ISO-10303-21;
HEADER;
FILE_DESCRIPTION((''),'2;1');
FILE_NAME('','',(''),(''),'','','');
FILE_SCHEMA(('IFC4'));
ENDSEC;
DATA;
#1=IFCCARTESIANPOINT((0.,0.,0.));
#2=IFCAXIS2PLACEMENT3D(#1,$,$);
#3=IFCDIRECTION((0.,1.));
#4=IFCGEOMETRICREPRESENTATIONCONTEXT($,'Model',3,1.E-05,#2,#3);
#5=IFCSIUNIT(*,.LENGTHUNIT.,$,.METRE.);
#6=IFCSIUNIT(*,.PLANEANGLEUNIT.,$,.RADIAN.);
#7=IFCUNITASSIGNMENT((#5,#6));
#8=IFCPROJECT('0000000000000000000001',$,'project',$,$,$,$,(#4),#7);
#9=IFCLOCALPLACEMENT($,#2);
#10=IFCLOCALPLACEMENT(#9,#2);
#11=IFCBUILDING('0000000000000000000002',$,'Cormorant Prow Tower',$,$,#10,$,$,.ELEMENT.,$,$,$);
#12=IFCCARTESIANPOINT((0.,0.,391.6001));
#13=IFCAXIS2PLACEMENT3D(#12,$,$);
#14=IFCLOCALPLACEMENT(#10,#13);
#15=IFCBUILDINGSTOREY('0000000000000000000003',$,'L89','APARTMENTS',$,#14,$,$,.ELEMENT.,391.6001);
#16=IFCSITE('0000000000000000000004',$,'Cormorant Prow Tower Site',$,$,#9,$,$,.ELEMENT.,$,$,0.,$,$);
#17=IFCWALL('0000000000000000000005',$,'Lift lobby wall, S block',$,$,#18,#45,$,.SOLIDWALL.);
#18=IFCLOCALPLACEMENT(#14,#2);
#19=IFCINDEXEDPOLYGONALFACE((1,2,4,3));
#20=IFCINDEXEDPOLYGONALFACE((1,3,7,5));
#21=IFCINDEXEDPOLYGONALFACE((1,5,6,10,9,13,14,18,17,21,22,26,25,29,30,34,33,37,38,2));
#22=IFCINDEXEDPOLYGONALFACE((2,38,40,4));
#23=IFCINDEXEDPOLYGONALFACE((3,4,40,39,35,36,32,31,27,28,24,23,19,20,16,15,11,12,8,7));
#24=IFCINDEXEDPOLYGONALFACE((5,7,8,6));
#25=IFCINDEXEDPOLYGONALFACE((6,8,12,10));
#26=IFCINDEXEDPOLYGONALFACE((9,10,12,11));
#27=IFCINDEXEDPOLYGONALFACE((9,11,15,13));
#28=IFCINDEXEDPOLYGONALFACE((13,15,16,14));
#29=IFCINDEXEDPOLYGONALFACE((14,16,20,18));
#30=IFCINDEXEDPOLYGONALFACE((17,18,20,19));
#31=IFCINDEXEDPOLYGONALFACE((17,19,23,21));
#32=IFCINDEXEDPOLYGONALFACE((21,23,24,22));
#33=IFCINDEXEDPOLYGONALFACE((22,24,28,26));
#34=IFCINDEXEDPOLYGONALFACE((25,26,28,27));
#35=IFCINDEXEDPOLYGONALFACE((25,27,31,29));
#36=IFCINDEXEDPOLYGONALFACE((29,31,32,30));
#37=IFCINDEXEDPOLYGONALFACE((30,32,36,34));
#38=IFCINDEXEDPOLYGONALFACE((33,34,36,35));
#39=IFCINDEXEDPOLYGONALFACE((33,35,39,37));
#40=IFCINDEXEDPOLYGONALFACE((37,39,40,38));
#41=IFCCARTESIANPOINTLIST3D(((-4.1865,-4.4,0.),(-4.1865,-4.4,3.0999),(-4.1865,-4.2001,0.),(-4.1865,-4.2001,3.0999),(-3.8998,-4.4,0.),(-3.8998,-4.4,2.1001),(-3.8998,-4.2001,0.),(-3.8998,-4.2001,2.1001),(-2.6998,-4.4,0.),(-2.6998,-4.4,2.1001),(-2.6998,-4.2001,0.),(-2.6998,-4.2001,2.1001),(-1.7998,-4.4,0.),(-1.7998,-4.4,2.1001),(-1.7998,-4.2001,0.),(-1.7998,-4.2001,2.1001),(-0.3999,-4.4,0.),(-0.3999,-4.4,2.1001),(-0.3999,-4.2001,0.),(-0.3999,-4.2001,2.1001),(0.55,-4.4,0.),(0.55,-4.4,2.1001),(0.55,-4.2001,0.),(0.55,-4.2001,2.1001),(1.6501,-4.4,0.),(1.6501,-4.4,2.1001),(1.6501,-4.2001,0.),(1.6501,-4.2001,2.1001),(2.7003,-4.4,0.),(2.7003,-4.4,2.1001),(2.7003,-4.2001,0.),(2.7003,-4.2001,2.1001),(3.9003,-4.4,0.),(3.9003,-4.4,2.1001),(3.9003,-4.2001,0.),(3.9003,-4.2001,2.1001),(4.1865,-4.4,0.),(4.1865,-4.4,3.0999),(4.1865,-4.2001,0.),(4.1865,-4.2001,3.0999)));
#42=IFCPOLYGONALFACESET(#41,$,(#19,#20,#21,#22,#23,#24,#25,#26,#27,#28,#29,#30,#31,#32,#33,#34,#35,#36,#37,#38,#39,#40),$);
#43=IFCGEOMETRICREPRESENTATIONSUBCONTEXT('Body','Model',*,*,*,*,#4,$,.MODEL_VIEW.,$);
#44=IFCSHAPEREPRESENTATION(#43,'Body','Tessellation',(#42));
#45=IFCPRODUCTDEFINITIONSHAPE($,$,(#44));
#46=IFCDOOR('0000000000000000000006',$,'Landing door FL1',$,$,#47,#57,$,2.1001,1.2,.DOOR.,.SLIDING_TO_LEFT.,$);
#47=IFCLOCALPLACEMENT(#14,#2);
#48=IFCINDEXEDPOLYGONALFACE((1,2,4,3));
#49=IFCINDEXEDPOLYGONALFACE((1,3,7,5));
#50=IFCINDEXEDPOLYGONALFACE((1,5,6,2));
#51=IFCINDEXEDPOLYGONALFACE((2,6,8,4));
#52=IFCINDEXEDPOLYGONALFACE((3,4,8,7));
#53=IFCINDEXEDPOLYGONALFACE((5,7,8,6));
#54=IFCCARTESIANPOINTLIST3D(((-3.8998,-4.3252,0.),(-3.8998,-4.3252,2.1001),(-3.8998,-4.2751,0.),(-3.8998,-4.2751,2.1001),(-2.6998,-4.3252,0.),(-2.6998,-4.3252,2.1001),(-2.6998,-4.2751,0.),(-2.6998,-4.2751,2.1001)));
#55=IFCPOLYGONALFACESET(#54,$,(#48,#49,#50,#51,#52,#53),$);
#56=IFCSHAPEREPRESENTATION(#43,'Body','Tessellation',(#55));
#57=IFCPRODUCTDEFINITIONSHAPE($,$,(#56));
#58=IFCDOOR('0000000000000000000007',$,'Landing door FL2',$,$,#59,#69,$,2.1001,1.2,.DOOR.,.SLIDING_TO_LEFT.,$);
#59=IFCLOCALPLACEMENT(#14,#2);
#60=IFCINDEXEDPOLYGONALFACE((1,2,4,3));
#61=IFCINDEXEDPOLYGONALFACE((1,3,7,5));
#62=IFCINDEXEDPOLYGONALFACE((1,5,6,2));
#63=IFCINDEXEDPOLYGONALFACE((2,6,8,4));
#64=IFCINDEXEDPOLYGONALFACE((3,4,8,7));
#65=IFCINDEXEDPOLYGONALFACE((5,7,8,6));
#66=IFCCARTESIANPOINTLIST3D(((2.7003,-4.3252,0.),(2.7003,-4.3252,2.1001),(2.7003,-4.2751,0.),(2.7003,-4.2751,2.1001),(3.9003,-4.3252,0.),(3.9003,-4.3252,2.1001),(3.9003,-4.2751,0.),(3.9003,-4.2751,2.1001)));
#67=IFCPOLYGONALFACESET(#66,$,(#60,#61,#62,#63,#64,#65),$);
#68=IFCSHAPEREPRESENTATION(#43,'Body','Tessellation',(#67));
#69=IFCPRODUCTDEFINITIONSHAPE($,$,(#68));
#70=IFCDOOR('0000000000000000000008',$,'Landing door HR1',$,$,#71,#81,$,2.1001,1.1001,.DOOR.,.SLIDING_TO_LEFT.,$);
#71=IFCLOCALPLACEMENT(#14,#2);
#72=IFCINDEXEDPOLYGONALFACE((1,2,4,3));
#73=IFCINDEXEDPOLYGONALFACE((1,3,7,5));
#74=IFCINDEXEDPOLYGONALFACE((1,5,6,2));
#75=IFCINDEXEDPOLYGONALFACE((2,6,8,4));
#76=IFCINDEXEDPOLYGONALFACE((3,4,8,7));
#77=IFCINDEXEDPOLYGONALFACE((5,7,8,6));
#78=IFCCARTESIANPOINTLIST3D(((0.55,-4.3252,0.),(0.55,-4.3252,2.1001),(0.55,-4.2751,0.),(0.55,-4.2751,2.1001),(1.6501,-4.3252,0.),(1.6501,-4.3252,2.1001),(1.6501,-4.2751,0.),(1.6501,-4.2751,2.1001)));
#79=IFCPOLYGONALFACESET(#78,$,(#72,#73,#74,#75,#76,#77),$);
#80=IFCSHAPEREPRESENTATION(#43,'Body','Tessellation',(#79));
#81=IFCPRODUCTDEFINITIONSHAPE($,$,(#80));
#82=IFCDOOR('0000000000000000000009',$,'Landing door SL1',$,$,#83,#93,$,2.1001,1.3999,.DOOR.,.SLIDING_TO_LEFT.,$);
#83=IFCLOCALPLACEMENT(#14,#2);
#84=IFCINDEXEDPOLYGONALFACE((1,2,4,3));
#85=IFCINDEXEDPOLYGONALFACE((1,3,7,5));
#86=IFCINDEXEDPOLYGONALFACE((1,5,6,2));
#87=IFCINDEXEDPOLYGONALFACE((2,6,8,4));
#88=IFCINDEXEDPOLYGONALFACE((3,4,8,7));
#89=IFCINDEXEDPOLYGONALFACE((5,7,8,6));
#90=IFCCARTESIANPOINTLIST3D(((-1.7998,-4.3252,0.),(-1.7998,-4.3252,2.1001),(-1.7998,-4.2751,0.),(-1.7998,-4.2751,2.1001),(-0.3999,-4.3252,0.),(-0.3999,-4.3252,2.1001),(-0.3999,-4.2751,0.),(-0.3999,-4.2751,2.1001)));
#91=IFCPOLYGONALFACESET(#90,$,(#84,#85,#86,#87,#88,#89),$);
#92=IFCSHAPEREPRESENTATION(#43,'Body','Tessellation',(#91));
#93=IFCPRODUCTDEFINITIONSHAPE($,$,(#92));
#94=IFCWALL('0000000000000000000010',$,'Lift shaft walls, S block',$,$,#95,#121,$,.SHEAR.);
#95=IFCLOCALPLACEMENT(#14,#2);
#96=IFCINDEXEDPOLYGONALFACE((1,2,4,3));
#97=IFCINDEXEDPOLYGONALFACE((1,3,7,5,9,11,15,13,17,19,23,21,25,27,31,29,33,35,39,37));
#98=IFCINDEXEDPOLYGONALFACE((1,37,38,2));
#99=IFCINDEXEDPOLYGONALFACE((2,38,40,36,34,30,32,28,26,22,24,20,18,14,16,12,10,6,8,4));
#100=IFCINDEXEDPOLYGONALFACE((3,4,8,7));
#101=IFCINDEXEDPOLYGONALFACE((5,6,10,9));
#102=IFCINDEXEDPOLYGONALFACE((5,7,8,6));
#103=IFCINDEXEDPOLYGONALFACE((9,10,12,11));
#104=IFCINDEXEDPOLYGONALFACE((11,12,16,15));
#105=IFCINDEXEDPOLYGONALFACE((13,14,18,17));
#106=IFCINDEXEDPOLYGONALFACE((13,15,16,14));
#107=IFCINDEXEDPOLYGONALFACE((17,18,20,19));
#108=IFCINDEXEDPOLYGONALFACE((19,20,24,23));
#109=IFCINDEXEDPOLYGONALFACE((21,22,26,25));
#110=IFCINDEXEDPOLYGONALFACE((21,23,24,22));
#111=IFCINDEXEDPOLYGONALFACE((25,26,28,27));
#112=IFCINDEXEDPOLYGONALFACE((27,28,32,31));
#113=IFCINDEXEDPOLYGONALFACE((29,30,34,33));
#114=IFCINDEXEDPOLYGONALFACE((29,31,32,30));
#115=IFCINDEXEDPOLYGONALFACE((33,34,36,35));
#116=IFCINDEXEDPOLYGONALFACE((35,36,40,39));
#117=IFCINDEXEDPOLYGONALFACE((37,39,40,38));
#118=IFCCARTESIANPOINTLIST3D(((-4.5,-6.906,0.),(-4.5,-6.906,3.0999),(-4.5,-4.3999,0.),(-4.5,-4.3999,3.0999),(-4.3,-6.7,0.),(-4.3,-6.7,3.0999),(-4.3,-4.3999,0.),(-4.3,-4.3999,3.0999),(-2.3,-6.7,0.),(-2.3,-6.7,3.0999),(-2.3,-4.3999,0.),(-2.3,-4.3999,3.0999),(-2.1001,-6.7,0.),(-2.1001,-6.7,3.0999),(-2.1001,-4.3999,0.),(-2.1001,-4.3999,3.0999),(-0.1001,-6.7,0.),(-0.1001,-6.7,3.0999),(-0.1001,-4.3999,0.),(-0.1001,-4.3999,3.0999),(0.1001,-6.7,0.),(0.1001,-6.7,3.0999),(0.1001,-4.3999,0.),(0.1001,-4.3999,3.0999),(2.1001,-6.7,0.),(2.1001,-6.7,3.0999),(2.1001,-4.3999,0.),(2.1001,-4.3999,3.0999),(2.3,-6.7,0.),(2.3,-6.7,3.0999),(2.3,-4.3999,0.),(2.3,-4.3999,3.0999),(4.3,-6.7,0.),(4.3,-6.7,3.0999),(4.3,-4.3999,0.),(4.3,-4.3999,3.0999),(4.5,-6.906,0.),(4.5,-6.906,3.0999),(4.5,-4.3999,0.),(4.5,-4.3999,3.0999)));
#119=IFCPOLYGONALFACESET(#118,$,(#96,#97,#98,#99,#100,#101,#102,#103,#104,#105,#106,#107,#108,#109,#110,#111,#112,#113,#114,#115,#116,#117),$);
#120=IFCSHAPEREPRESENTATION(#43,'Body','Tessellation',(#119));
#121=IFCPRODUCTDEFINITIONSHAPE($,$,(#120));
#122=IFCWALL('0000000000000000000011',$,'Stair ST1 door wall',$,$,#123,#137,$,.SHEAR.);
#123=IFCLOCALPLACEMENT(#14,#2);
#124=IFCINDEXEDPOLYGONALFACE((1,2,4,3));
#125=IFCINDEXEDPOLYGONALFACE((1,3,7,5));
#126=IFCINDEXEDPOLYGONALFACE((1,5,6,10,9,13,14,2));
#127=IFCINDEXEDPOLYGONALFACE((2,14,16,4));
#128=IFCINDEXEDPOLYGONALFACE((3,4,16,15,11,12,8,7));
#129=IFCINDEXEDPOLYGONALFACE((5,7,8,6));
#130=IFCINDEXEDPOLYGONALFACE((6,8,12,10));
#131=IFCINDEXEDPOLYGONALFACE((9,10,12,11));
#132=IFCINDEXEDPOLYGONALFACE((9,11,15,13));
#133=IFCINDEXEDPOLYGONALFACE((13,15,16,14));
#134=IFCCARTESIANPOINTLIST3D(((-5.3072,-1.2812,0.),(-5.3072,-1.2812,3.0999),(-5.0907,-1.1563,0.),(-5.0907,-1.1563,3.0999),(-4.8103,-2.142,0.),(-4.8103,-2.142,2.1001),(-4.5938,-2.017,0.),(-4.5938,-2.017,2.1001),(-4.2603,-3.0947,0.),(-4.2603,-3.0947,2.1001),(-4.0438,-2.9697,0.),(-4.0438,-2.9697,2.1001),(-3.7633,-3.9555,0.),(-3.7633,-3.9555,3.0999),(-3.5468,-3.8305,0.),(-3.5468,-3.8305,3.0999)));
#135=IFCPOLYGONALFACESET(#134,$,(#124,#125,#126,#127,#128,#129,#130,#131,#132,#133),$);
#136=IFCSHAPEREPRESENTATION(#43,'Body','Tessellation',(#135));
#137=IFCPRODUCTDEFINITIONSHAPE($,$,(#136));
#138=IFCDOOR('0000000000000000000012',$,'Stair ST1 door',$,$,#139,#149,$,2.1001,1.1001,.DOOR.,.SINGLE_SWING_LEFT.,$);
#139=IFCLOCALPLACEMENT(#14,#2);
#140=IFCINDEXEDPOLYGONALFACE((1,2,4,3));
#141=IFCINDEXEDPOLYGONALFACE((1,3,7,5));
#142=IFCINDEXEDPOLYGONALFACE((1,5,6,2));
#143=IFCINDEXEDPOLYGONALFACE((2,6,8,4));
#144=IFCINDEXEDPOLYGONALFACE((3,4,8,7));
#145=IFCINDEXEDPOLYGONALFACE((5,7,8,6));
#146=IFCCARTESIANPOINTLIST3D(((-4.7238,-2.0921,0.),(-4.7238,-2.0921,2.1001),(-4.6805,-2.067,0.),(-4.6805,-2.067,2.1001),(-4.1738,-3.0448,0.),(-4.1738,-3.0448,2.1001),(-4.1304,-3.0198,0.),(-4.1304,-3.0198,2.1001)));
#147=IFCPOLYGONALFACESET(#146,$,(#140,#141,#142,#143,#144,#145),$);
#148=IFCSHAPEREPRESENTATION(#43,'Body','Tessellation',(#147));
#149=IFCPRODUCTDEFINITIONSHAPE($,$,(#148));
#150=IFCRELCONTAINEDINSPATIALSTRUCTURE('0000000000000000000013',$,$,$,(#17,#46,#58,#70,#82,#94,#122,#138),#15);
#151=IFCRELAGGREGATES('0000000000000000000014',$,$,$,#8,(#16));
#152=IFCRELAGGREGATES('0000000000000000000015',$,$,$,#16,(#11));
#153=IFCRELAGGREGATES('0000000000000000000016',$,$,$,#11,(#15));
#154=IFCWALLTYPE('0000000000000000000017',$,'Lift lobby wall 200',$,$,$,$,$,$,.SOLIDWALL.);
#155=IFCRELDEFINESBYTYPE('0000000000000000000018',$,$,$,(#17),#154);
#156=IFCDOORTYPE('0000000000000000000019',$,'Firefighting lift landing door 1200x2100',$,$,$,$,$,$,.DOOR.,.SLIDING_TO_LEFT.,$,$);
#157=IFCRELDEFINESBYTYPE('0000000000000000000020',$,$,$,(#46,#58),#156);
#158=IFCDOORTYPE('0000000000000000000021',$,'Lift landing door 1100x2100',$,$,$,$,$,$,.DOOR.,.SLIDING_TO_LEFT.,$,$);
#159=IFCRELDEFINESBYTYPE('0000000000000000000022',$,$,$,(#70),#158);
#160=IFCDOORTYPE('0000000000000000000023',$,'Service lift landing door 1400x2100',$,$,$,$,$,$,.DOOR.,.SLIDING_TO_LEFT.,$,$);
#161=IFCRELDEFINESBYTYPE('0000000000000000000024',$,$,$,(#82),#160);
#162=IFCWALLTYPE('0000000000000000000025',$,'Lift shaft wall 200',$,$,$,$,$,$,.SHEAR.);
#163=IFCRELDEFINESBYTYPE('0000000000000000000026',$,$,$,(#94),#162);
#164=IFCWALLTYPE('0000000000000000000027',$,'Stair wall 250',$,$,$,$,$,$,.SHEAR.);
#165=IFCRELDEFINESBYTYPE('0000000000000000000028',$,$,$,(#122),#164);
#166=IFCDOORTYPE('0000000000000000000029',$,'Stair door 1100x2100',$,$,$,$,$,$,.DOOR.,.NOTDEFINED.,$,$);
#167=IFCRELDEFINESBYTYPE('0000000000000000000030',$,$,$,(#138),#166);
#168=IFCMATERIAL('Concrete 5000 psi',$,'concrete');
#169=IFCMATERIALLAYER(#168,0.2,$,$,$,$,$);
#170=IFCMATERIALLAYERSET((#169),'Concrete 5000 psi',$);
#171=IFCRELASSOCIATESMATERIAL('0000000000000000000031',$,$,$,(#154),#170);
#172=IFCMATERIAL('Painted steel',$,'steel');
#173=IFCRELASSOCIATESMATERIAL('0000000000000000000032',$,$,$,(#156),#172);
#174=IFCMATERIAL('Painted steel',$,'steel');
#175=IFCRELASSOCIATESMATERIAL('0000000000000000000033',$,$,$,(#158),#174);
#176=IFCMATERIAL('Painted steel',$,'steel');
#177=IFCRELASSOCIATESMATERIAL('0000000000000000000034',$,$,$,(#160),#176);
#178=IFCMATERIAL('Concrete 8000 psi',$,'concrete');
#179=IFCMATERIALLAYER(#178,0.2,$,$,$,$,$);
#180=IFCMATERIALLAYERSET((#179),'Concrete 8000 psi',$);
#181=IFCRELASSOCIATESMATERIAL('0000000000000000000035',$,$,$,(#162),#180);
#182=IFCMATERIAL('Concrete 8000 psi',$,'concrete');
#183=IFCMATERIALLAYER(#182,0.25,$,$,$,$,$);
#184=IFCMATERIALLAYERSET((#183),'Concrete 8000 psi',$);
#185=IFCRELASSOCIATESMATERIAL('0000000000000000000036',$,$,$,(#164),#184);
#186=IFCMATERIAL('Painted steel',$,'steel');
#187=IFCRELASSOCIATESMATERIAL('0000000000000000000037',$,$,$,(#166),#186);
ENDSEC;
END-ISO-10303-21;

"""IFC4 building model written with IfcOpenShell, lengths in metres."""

from ifc_helpers import new_model, si_unit, direction, frame, frame_2d, origin, place, context, subcontext, project, spatial, polyline, rectangle, outline, extrude, material, layer, layer_set, type_object, element, fill, save


model = new_model("IFC4")

# Units and contexts
model_context = context("Model", 3, precision=1e-05, world=origin(), true_north=direction((0.0, 1.0)))
body_context = subcontext(model_context, "Body", "Model", "MODEL_VIEW")
ifc_project = project(units=[si_unit("LENGTHUNIT", "METRE"), si_unit("PLANEANGLEUNIT", "RADIAN")], contexts=[model_context])

# Site, building, storey
site_placement = place(None, origin())
site = spatial("IfcSite", under=ifc_project, at=site_placement, Name="Cormorant Prow Tower Site", CompositionType="ELEMENT", RefElevation=0.0)
building_placement = place(site_placement, origin())
building = spatial("IfcBuilding", under=site, at=building_placement, Name="Cormorant Prow Tower", CompositionType="ELEMENT")
storey_placement = place(building_placement, frame((0.0, 0.0, 391.6001)))
storey = spatial("IfcBuildingStorey", under=building, at=storey_placement, Name="L89", Description="APARTMENTS", CompositionType="ELEMENT", Elevation=391.6001)

# Wall, openings, doors
ifc_material_1 = material(Name="Concrete 5000 psi", Category="concrete")
ifc_layer_1 = layer(ifc_material_1, 0.2)
ifc_layer_set_1 = layer_set([ifc_layer_1], Name="Concrete 5000 psi")
wall_type_1 = type_object("IfcWallType", Name="Lift lobby wall 200", PredefinedType="SOLIDWALL", material=ifc_layer_set_1)
wall_1_placement = place(storey_placement, frame((-4.1865, -4.3, 0.0), z_axis=(0.0, 0.0, 1.0), x_axis=(1.0, 0.0, 0.0)))
wall_1 = element("IfcWall", 1, at=wall_1_placement, inside=storey, type_object=wall_type_1, Name="Lift lobby wall, S block", PredefinedType="SOLIDWALL", context=body_context, shape_type="SweptSolid", body=[
    extrude(rectangle(XDim=8.373, YDim=0.2, at=frame_2d((4.1865, 0.0))), origin(), (0.0, 0.0, 1.0), 3.0999),
])
opening_1_placement = place(wall_1_placement, frame((0.2866, 0.0, 0.0)))
opening_1 = element("IfcOpeningElement", 2, at=opening_1_placement, cuts=wall_1, PredefinedType="OPENING", context=body_context, shape_type="SweptSolid", body=[
    extrude(rectangle(XDim=1.2, YDim=2.1001, at=frame_2d((0.6001, 1.05))), frame((0.0, 0.1099, 0.0), z_axis=(0.0, -1.0, 0.0), x_axis=(1.0, 0.0, 0.0)), (0.0, 0.0, 1.0), 0.22),
])
opening_2_placement = place(wall_1_placement, frame((2.3867, 0.0, 0.0)))
opening_2 = element("IfcOpeningElement", 3, at=opening_2_placement, cuts=wall_1, PredefinedType="OPENING", context=body_context, shape_type="SweptSolid", body=[
    extrude(rectangle(XDim=1.3999, YDim=2.1001, at=frame_2d((0.7, 1.05))), frame((0.0, 0.1099, 0.0), z_axis=(0.0, -1.0, 0.0), x_axis=(1.0, 0.0, 0.0)), (0.0, 0.0, 1.0), 0.22),
])
opening_3_placement = place(wall_1_placement, frame((4.7366, 0.0, 0.0)))
opening_3 = element("IfcOpeningElement", 4, at=opening_3_placement, cuts=wall_1, PredefinedType="OPENING", context=body_context, shape_type="SweptSolid", body=[
    extrude(rectangle(XDim=1.1001, YDim=2.1001, at=frame_2d((0.55, 1.05))), frame((0.0, 0.1099, 0.0), z_axis=(0.0, -1.0, 0.0), x_axis=(1.0, 0.0, 0.0)), (0.0, 0.0, 1.0), 0.22),
])
opening_4_placement = place(wall_1_placement, frame((6.8867, 0.0, 0.0)))
opening_4 = element("IfcOpeningElement", 5, at=opening_4_placement, cuts=wall_1, PredefinedType="OPENING", context=body_context, shape_type="SweptSolid", body=[
    extrude(rectangle(XDim=1.2, YDim=2.1001, at=frame_2d((0.6001, 1.05))), frame((0.0, 0.1099, 0.0), z_axis=(0.0, -1.0, 0.0), x_axis=(1.0, 0.0, 0.0)), (0.0, 0.0, 1.0), 0.22),
])
ifc_material_2 = material(Name="Painted steel", Category="steel")
door_type_1 = type_object("IfcDoorType", Name="Firefighting lift landing door 1200x2100", OperationType="SLIDING_TO_LEFT", PredefinedType="DOOR", material=ifc_material_2)
door_1_placement = place(opening_1_placement, origin())
door_1 = element("IfcDoor", 6, at=door_1_placement, inside=storey, type_object=door_type_1, Name="Landing door FL1", OperationType="SLIDING_TO_LEFT", OverallHeight=2.1001, OverallWidth=1.2, PredefinedType="DOOR", context=body_context, shape_type="SweptSolid", body=[
    extrude(rectangle(XDim=1.2, YDim=2.1001, at=frame_2d((0.6001, 1.05))), frame((0.0, 0.0249, 0.0), z_axis=(0.0, -1.0, 0.0), x_axis=(1.0, 0.0, 0.0)), (0.0, 0.0, 1.0), 0.05),
])
fill(opening_1, door_1)
door_2_placement = place(opening_4_placement, origin())
door_2 = element("IfcDoor", 7, at=door_2_placement, inside=storey, type_object=door_type_1, Name="Landing door FL2", OperationType="SLIDING_TO_LEFT", OverallHeight=2.1001, OverallWidth=1.2, PredefinedType="DOOR", context=body_context, shape_type="SweptSolid", body=[
    extrude(rectangle(XDim=1.2, YDim=2.1001, at=frame_2d((0.6001, 1.05))), frame((0.0, 0.0249, 0.0), z_axis=(0.0, -1.0, 0.0), x_axis=(1.0, 0.0, 0.0)), (0.0, 0.0, 1.0), 0.05),
])
fill(opening_4, door_2)
ifc_material_3 = material(Name="Painted steel", Category="steel")
door_type_2 = type_object("IfcDoorType", Name="Lift landing door 1100x2100", OperationType="SLIDING_TO_LEFT", PredefinedType="DOOR", material=ifc_material_3)
door_3_placement = place(opening_3_placement, origin())
door_3 = element("IfcDoor", 8, at=door_3_placement, inside=storey, type_object=door_type_2, Name="Landing door HR1", OperationType="SLIDING_TO_LEFT", OverallHeight=2.1001, OverallWidth=1.1001, PredefinedType="DOOR", context=body_context, shape_type="SweptSolid", body=[
    extrude(rectangle(XDim=1.1001, YDim=2.1001, at=frame_2d((0.55, 1.05))), frame((0.0, 0.0249, 0.0), z_axis=(0.0, -1.0, 0.0), x_axis=(1.0, 0.0, 0.0)), (0.0, 0.0, 1.0), 0.05),
])
fill(opening_3, door_3)
ifc_material_4 = material(Name="Painted steel", Category="steel")
door_type_3 = type_object("IfcDoorType", Name="Service lift landing door 1400x2100", OperationType="SLIDING_TO_LEFT", PredefinedType="DOOR", material=ifc_material_4)
door_4_placement = place(opening_2_placement, origin())
door_4 = element("IfcDoor", 9, at=door_4_placement, inside=storey, type_object=door_type_3, Name="Landing door SL1", OperationType="SLIDING_TO_LEFT", OverallHeight=2.1001, OverallWidth=1.3999, PredefinedType="DOOR", context=body_context, shape_type="SweptSolid", body=[
    extrude(rectangle(XDim=1.3999, YDim=2.1001, at=frame_2d((0.7, 1.05))), frame((0.0, 0.0249, 0.0), z_axis=(0.0, -1.0, 0.0), x_axis=(1.0, 0.0, 0.0)), (0.0, 0.0, 1.0), 0.05),
])
fill(opening_2, door_4)

# Wall
ifc_material_5 = material(Name="Concrete 8000 psi", Category="concrete")
ifc_layer_2 = layer(ifc_material_5, 0.2)
ifc_layer_set_2 = layer_set([ifc_layer_2], Name="Concrete 8000 psi")
wall_type_2 = type_object("IfcWallType", Name="Lift shaft wall 200", PredefinedType="SHEAR", material=ifc_layer_set_2)
wall_2_placement = place(storey_placement, origin())
element("IfcWall", 10, at=wall_2_placement, inside=storey, type_object=wall_type_2, Name="Lift shaft walls, S block", PredefinedType="SHEAR", context=body_context, shape_type="SweptSolid", body=[
    extrude(outline(polyline([(4.5, -4.3999), (4.5, -6.906), (-4.5, -6.906), (-4.5, -4.3999), (-4.3, -4.3999), (-4.3, -6.7), (-2.3, -6.7), (-2.3, -4.3999), (-2.1001, -4.3999), (-2.1001, -6.7), (-0.1001, -6.7), (-0.1001, -4.3999), (0.1001, -4.3999), (0.1001, -6.7), (2.1001, -6.7), (2.1001, -4.3999), (2.3, -4.3999), (2.3, -6.7), (4.3, -6.7), (4.3, -4.3999), (4.5, -4.3999)])), origin(), (0.0, 0.0, 1.0), 3.0999),
])

# Wall, opening, door
ifc_material_6 = material(Name="Concrete 8000 psi", Category="concrete")
ifc_layer_3 = layer(ifc_material_6, 0.25)
ifc_layer_set_3 = layer_set([ifc_layer_3], Name="Concrete 8000 psi")
wall_type_3 = type_object("IfcWallType", Name="Stair wall 250", PredefinedType="SHEAR", material=ifc_layer_set_3)
wall_3_placement = place(storey_placement, frame((-5.199, -1.2188, 0.0), z_axis=(0.0, 0.0, 1.0), x_axis=(0.499983, -0.866035, 0.0)))
wall_3 = element("IfcWall", 11, at=wall_3_placement, inside=storey, type_object=wall_type_3, Name="Stair ST1 door wall", PredefinedType="SHEAR", context=body_context, shape_type="SweptSolid", body=[
    extrude(rectangle(XDim=3.0879, YDim=0.25, at=frame_2d((1.5439, 0.0))), origin(), (0.0, 0.0, 1.0), 3.0999),
])
opening_5_placement = place(wall_3_placement, frame((0.9939, 0.0, 0.0)))
opening_5 = element("IfcOpeningElement", 12, at=opening_5_placement, cuts=wall_3, PredefinedType="OPENING", context=body_context, shape_type="SweptSolid", body=[
    extrude(rectangle(XDim=1.1001, YDim=2.1001, at=frame_2d((0.55, 1.05))), frame((0.0, 0.135, 0.0), z_axis=(0.0, -1.0, 0.0), x_axis=(1.0, 0.0, 0.0)), (0.0, 0.0, 1.0), 0.27),
])
ifc_material_7 = material(Name="Painted steel", Category="steel")
door_type_4 = type_object("IfcDoorType", Name="Stair door 1100x2100", OperationType="NOTDEFINED", PredefinedType="DOOR", material=ifc_material_7)
door_5_placement = place(opening_5_placement, origin())
door_5 = element("IfcDoor", 13, at=door_5_placement, inside=storey, type_object=door_type_4, Name="Stair ST1 door", OperationType="SINGLE_SWING_LEFT", OverallHeight=2.1001, OverallWidth=1.1001, PredefinedType="DOOR", context=body_context, shape_type="SweptSolid", body=[
    extrude(rectangle(XDim=1.1001, YDim=2.1001, at=frame_2d((0.55, 1.05))), frame((0.0, 0.0249, 0.0), z_axis=(0.0, -1.0, 0.0), x_axis=(1.0, 0.0, 0.0)), (0.0, 0.0, 1.0), 0.05),
])
fill(opening_5, door_5)

save(model, "model.ifc")
